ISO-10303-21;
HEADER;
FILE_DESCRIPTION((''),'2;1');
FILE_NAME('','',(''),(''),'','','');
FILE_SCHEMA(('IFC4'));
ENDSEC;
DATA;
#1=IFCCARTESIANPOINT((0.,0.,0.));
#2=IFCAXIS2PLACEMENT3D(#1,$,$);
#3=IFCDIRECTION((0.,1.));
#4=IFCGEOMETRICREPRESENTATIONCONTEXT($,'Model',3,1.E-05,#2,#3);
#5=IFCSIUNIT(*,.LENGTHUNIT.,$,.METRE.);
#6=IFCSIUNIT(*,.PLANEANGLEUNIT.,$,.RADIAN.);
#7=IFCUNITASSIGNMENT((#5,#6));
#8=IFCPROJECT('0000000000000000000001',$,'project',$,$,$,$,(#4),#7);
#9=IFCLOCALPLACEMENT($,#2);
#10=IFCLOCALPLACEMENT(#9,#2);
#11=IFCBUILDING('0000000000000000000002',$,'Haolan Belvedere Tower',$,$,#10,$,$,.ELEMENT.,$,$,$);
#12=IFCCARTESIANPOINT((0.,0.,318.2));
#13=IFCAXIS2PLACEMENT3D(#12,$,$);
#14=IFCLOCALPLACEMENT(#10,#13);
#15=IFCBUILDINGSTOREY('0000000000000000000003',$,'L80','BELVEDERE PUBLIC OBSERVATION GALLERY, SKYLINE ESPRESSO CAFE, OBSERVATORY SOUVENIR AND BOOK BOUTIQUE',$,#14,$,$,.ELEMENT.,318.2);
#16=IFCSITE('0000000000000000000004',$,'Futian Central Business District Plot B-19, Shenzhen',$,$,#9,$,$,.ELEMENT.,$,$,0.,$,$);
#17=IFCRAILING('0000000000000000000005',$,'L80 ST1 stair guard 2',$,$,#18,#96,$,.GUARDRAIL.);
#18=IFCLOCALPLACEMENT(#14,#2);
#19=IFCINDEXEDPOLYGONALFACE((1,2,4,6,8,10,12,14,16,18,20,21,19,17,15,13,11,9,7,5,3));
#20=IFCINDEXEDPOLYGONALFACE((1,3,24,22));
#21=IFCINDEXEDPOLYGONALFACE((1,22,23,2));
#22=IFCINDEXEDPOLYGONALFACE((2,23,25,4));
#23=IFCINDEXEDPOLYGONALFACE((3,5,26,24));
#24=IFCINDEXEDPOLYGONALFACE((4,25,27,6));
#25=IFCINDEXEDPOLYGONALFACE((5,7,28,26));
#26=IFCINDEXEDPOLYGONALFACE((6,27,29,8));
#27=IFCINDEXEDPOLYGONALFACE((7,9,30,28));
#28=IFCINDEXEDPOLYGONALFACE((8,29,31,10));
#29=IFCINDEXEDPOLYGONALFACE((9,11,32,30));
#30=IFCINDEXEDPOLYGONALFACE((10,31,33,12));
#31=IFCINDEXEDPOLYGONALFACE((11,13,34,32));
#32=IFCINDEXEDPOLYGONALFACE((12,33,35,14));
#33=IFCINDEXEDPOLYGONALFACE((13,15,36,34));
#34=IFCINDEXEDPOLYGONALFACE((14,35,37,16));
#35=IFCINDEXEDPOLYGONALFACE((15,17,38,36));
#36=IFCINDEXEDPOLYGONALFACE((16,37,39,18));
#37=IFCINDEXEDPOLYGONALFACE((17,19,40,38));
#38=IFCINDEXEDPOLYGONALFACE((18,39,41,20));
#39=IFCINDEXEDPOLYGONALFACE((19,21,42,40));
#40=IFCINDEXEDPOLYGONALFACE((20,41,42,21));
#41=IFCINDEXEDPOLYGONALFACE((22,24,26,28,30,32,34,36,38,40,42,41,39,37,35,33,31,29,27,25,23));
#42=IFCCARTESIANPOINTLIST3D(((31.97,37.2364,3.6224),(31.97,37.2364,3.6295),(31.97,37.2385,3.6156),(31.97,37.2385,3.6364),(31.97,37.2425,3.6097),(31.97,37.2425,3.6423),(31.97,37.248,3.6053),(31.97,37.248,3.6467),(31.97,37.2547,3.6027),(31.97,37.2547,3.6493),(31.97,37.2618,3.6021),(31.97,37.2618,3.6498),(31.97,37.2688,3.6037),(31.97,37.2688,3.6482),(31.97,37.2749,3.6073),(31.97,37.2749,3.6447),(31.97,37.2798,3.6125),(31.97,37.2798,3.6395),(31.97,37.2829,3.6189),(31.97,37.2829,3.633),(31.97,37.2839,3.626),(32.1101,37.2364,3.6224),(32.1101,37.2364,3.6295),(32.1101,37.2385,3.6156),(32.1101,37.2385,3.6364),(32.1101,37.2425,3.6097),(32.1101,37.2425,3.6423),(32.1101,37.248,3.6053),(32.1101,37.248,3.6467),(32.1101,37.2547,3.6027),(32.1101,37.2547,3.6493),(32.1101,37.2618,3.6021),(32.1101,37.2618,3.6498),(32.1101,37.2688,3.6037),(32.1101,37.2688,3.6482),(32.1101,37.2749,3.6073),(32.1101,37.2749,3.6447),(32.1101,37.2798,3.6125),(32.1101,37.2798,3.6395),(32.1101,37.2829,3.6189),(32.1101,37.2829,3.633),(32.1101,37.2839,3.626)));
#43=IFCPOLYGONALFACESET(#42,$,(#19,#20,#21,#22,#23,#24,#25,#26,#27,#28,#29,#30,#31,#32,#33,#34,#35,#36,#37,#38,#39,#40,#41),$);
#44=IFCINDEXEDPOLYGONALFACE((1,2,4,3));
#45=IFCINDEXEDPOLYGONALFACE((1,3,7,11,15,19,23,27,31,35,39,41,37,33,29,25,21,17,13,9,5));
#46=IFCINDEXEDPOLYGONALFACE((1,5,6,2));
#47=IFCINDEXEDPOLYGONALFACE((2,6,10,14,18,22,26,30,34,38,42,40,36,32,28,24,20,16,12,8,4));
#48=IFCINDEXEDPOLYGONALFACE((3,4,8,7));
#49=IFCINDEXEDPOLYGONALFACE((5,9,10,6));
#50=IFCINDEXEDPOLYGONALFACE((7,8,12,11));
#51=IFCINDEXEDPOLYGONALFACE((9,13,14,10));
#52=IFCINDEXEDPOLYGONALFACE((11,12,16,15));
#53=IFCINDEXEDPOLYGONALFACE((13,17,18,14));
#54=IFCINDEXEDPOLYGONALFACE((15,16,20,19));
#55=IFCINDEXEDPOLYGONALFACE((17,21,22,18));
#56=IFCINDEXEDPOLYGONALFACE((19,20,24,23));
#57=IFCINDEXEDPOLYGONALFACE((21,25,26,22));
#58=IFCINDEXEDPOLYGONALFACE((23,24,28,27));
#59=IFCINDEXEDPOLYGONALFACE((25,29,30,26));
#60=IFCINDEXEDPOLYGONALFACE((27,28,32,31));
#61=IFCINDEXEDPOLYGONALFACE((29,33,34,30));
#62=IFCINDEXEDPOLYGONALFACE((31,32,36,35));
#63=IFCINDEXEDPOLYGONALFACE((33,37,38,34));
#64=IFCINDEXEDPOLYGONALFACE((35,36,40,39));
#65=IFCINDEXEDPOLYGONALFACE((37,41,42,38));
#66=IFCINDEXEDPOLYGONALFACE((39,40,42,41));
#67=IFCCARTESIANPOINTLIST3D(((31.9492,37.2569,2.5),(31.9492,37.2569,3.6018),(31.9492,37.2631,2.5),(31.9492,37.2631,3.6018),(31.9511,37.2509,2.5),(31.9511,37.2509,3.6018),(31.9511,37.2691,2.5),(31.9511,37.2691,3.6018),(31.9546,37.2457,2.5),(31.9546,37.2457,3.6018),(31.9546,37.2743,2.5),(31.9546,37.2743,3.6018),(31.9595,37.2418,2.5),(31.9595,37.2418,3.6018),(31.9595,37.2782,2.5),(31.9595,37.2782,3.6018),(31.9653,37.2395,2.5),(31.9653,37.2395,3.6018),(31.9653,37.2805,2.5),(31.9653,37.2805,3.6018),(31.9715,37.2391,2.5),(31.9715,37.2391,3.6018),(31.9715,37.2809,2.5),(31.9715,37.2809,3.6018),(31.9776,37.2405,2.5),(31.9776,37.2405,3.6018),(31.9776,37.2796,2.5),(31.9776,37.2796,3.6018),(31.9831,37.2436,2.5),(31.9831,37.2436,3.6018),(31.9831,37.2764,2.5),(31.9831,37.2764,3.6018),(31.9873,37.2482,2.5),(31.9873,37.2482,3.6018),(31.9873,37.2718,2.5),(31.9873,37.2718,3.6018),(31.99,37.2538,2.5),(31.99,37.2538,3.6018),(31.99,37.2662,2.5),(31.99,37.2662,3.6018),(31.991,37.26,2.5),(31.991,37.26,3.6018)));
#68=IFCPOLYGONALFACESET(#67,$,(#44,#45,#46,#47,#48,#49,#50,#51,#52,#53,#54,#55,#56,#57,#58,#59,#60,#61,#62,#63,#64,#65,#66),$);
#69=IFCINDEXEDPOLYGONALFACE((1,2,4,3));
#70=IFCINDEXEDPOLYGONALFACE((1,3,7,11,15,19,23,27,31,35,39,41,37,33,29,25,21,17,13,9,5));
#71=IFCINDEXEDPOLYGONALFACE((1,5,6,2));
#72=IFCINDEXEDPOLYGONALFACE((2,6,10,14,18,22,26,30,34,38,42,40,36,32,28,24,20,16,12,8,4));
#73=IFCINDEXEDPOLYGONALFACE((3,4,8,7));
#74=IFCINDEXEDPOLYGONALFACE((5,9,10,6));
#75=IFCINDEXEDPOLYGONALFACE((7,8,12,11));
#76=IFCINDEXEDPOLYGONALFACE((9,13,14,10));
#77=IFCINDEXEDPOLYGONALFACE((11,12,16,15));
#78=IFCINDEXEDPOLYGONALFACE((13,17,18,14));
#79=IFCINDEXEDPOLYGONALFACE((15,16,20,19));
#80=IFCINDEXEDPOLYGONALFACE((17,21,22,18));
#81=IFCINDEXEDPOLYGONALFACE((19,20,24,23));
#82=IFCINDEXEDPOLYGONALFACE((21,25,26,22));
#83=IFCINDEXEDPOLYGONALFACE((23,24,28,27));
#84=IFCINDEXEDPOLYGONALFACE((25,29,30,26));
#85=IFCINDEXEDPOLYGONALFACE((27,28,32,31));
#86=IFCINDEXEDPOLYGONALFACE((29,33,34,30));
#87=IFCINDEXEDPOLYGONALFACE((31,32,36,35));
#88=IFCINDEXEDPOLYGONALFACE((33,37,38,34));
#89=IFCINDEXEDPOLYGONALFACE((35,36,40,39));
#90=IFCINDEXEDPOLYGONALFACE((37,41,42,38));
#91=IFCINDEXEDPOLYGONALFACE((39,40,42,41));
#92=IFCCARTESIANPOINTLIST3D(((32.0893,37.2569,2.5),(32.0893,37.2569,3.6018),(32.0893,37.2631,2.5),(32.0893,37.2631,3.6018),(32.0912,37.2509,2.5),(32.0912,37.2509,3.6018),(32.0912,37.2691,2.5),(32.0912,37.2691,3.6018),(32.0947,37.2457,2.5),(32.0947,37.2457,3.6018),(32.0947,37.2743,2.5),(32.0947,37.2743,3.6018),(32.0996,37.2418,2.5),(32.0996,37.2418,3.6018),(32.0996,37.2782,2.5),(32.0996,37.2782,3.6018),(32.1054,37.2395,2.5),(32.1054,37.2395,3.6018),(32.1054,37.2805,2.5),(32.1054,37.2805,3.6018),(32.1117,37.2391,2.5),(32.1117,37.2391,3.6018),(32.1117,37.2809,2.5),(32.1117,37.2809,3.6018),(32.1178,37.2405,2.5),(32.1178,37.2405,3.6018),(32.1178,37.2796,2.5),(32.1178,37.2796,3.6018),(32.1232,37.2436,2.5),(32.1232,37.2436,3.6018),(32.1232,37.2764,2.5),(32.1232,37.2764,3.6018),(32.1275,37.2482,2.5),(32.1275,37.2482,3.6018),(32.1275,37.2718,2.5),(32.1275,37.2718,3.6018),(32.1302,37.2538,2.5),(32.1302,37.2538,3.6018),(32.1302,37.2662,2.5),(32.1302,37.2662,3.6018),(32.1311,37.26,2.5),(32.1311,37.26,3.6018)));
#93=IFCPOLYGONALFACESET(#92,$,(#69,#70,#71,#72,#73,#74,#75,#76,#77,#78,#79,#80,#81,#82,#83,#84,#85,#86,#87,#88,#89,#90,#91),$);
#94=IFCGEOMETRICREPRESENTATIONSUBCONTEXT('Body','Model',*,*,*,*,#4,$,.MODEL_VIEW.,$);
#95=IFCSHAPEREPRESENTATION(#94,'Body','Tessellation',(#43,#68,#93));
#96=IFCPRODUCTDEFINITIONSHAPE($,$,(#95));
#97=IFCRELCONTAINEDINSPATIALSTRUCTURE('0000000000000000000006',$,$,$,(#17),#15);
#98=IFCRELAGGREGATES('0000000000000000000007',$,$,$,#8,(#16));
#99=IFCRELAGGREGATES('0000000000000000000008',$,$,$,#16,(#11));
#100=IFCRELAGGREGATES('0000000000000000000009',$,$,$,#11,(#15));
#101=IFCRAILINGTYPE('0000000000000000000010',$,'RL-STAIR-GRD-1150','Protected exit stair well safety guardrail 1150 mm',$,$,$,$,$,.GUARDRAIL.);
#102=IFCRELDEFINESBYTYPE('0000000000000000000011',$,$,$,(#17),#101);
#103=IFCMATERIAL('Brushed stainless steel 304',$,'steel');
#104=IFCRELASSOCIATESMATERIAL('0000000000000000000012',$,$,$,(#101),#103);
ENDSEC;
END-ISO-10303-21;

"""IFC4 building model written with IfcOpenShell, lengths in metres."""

from ifc_helpers import new_model, si_unit, direction, frame, origin, origin_2d, place, context, subcontext, project, spatial, circle, extrude, material, type_object, element, save


model = new_model("IFC4")

# Units and contexts
model_context = context("Model", 3, precision=1e-05, world=origin(), true_north=direction((0.0, 1.0)))
body_context = subcontext(model_context, "Body", "Model", "MODEL_VIEW")
ifc_project = project(units=[si_unit("LENGTHUNIT", "METRE"), si_unit("PLANEANGLEUNIT", "RADIAN")], contexts=[model_context])

# Site, building, storey
site_placement = place(None, origin())
site = spatial("IfcSite", under=ifc_project, at=site_placement, Name="Futian Central Business District Plot B-19, Shenzhen", CompositionType="ELEMENT", RefElevation=0.0)
building_placement = place(site_placement, origin())
building = spatial("IfcBuilding", under=site, at=building_placement, Name="Haolan Belvedere Tower", CompositionType="ELEMENT")
storey_placement = place(building_placement, frame((0.0, 0.0, 318.2)))
storey = spatial("IfcBuildingStorey", under=building, at=storey_placement, Name="L80", Description="BELVEDERE PUBLIC OBSERVATION GALLERY, SKYLINE ESPRESSO CAFE, OBSERVATORY SOUVENIR AND BOOK BOUTIQUE", CompositionType="ELEMENT", Elevation=318.2)

# Railing
ifc_material_1 = material(Name="Brushed stainless steel 304", Category="steel")
railing_type_1 = type_object("IfcRailingType", Name="RL-STAIR-GRD-1150", Description="Protected exit stair well safety guardrail 1150 mm", PredefinedType="GUARDRAIL", material=ifc_material_1)
railing_1_placement = place(storey_placement, frame((31.97, 37.26, 2.5)))
element("IfcRailing", 1, at=railing_1_placement, inside=storey, type_object=railing_type_1, Name="L80 ST1 stair guard 2", PredefinedType="GUARDRAIL", context=body_context, shape_type="SweptSolid", body=[
    extrude(circle(Radius=0.0239, at=origin_2d()), frame((0.0, 0.0, 1.126), z_axis=(1.0, 0.0, 0.0), x_axis=(0.0, 1.0, 0.0)), (0.0, 0.0, 1.0), 0.1401),
    extrude(circle(Radius=0.021, at=origin_2d()), origin(), (0.0, 0.0, 1.0), 1.1018),
    extrude(circle(Radius=0.021, at=origin_2d()), frame((0.1401, 0.0, 0.0)), (0.0, 0.0, 1.0), 1.1018),
])

save(model, "model.ifc")
